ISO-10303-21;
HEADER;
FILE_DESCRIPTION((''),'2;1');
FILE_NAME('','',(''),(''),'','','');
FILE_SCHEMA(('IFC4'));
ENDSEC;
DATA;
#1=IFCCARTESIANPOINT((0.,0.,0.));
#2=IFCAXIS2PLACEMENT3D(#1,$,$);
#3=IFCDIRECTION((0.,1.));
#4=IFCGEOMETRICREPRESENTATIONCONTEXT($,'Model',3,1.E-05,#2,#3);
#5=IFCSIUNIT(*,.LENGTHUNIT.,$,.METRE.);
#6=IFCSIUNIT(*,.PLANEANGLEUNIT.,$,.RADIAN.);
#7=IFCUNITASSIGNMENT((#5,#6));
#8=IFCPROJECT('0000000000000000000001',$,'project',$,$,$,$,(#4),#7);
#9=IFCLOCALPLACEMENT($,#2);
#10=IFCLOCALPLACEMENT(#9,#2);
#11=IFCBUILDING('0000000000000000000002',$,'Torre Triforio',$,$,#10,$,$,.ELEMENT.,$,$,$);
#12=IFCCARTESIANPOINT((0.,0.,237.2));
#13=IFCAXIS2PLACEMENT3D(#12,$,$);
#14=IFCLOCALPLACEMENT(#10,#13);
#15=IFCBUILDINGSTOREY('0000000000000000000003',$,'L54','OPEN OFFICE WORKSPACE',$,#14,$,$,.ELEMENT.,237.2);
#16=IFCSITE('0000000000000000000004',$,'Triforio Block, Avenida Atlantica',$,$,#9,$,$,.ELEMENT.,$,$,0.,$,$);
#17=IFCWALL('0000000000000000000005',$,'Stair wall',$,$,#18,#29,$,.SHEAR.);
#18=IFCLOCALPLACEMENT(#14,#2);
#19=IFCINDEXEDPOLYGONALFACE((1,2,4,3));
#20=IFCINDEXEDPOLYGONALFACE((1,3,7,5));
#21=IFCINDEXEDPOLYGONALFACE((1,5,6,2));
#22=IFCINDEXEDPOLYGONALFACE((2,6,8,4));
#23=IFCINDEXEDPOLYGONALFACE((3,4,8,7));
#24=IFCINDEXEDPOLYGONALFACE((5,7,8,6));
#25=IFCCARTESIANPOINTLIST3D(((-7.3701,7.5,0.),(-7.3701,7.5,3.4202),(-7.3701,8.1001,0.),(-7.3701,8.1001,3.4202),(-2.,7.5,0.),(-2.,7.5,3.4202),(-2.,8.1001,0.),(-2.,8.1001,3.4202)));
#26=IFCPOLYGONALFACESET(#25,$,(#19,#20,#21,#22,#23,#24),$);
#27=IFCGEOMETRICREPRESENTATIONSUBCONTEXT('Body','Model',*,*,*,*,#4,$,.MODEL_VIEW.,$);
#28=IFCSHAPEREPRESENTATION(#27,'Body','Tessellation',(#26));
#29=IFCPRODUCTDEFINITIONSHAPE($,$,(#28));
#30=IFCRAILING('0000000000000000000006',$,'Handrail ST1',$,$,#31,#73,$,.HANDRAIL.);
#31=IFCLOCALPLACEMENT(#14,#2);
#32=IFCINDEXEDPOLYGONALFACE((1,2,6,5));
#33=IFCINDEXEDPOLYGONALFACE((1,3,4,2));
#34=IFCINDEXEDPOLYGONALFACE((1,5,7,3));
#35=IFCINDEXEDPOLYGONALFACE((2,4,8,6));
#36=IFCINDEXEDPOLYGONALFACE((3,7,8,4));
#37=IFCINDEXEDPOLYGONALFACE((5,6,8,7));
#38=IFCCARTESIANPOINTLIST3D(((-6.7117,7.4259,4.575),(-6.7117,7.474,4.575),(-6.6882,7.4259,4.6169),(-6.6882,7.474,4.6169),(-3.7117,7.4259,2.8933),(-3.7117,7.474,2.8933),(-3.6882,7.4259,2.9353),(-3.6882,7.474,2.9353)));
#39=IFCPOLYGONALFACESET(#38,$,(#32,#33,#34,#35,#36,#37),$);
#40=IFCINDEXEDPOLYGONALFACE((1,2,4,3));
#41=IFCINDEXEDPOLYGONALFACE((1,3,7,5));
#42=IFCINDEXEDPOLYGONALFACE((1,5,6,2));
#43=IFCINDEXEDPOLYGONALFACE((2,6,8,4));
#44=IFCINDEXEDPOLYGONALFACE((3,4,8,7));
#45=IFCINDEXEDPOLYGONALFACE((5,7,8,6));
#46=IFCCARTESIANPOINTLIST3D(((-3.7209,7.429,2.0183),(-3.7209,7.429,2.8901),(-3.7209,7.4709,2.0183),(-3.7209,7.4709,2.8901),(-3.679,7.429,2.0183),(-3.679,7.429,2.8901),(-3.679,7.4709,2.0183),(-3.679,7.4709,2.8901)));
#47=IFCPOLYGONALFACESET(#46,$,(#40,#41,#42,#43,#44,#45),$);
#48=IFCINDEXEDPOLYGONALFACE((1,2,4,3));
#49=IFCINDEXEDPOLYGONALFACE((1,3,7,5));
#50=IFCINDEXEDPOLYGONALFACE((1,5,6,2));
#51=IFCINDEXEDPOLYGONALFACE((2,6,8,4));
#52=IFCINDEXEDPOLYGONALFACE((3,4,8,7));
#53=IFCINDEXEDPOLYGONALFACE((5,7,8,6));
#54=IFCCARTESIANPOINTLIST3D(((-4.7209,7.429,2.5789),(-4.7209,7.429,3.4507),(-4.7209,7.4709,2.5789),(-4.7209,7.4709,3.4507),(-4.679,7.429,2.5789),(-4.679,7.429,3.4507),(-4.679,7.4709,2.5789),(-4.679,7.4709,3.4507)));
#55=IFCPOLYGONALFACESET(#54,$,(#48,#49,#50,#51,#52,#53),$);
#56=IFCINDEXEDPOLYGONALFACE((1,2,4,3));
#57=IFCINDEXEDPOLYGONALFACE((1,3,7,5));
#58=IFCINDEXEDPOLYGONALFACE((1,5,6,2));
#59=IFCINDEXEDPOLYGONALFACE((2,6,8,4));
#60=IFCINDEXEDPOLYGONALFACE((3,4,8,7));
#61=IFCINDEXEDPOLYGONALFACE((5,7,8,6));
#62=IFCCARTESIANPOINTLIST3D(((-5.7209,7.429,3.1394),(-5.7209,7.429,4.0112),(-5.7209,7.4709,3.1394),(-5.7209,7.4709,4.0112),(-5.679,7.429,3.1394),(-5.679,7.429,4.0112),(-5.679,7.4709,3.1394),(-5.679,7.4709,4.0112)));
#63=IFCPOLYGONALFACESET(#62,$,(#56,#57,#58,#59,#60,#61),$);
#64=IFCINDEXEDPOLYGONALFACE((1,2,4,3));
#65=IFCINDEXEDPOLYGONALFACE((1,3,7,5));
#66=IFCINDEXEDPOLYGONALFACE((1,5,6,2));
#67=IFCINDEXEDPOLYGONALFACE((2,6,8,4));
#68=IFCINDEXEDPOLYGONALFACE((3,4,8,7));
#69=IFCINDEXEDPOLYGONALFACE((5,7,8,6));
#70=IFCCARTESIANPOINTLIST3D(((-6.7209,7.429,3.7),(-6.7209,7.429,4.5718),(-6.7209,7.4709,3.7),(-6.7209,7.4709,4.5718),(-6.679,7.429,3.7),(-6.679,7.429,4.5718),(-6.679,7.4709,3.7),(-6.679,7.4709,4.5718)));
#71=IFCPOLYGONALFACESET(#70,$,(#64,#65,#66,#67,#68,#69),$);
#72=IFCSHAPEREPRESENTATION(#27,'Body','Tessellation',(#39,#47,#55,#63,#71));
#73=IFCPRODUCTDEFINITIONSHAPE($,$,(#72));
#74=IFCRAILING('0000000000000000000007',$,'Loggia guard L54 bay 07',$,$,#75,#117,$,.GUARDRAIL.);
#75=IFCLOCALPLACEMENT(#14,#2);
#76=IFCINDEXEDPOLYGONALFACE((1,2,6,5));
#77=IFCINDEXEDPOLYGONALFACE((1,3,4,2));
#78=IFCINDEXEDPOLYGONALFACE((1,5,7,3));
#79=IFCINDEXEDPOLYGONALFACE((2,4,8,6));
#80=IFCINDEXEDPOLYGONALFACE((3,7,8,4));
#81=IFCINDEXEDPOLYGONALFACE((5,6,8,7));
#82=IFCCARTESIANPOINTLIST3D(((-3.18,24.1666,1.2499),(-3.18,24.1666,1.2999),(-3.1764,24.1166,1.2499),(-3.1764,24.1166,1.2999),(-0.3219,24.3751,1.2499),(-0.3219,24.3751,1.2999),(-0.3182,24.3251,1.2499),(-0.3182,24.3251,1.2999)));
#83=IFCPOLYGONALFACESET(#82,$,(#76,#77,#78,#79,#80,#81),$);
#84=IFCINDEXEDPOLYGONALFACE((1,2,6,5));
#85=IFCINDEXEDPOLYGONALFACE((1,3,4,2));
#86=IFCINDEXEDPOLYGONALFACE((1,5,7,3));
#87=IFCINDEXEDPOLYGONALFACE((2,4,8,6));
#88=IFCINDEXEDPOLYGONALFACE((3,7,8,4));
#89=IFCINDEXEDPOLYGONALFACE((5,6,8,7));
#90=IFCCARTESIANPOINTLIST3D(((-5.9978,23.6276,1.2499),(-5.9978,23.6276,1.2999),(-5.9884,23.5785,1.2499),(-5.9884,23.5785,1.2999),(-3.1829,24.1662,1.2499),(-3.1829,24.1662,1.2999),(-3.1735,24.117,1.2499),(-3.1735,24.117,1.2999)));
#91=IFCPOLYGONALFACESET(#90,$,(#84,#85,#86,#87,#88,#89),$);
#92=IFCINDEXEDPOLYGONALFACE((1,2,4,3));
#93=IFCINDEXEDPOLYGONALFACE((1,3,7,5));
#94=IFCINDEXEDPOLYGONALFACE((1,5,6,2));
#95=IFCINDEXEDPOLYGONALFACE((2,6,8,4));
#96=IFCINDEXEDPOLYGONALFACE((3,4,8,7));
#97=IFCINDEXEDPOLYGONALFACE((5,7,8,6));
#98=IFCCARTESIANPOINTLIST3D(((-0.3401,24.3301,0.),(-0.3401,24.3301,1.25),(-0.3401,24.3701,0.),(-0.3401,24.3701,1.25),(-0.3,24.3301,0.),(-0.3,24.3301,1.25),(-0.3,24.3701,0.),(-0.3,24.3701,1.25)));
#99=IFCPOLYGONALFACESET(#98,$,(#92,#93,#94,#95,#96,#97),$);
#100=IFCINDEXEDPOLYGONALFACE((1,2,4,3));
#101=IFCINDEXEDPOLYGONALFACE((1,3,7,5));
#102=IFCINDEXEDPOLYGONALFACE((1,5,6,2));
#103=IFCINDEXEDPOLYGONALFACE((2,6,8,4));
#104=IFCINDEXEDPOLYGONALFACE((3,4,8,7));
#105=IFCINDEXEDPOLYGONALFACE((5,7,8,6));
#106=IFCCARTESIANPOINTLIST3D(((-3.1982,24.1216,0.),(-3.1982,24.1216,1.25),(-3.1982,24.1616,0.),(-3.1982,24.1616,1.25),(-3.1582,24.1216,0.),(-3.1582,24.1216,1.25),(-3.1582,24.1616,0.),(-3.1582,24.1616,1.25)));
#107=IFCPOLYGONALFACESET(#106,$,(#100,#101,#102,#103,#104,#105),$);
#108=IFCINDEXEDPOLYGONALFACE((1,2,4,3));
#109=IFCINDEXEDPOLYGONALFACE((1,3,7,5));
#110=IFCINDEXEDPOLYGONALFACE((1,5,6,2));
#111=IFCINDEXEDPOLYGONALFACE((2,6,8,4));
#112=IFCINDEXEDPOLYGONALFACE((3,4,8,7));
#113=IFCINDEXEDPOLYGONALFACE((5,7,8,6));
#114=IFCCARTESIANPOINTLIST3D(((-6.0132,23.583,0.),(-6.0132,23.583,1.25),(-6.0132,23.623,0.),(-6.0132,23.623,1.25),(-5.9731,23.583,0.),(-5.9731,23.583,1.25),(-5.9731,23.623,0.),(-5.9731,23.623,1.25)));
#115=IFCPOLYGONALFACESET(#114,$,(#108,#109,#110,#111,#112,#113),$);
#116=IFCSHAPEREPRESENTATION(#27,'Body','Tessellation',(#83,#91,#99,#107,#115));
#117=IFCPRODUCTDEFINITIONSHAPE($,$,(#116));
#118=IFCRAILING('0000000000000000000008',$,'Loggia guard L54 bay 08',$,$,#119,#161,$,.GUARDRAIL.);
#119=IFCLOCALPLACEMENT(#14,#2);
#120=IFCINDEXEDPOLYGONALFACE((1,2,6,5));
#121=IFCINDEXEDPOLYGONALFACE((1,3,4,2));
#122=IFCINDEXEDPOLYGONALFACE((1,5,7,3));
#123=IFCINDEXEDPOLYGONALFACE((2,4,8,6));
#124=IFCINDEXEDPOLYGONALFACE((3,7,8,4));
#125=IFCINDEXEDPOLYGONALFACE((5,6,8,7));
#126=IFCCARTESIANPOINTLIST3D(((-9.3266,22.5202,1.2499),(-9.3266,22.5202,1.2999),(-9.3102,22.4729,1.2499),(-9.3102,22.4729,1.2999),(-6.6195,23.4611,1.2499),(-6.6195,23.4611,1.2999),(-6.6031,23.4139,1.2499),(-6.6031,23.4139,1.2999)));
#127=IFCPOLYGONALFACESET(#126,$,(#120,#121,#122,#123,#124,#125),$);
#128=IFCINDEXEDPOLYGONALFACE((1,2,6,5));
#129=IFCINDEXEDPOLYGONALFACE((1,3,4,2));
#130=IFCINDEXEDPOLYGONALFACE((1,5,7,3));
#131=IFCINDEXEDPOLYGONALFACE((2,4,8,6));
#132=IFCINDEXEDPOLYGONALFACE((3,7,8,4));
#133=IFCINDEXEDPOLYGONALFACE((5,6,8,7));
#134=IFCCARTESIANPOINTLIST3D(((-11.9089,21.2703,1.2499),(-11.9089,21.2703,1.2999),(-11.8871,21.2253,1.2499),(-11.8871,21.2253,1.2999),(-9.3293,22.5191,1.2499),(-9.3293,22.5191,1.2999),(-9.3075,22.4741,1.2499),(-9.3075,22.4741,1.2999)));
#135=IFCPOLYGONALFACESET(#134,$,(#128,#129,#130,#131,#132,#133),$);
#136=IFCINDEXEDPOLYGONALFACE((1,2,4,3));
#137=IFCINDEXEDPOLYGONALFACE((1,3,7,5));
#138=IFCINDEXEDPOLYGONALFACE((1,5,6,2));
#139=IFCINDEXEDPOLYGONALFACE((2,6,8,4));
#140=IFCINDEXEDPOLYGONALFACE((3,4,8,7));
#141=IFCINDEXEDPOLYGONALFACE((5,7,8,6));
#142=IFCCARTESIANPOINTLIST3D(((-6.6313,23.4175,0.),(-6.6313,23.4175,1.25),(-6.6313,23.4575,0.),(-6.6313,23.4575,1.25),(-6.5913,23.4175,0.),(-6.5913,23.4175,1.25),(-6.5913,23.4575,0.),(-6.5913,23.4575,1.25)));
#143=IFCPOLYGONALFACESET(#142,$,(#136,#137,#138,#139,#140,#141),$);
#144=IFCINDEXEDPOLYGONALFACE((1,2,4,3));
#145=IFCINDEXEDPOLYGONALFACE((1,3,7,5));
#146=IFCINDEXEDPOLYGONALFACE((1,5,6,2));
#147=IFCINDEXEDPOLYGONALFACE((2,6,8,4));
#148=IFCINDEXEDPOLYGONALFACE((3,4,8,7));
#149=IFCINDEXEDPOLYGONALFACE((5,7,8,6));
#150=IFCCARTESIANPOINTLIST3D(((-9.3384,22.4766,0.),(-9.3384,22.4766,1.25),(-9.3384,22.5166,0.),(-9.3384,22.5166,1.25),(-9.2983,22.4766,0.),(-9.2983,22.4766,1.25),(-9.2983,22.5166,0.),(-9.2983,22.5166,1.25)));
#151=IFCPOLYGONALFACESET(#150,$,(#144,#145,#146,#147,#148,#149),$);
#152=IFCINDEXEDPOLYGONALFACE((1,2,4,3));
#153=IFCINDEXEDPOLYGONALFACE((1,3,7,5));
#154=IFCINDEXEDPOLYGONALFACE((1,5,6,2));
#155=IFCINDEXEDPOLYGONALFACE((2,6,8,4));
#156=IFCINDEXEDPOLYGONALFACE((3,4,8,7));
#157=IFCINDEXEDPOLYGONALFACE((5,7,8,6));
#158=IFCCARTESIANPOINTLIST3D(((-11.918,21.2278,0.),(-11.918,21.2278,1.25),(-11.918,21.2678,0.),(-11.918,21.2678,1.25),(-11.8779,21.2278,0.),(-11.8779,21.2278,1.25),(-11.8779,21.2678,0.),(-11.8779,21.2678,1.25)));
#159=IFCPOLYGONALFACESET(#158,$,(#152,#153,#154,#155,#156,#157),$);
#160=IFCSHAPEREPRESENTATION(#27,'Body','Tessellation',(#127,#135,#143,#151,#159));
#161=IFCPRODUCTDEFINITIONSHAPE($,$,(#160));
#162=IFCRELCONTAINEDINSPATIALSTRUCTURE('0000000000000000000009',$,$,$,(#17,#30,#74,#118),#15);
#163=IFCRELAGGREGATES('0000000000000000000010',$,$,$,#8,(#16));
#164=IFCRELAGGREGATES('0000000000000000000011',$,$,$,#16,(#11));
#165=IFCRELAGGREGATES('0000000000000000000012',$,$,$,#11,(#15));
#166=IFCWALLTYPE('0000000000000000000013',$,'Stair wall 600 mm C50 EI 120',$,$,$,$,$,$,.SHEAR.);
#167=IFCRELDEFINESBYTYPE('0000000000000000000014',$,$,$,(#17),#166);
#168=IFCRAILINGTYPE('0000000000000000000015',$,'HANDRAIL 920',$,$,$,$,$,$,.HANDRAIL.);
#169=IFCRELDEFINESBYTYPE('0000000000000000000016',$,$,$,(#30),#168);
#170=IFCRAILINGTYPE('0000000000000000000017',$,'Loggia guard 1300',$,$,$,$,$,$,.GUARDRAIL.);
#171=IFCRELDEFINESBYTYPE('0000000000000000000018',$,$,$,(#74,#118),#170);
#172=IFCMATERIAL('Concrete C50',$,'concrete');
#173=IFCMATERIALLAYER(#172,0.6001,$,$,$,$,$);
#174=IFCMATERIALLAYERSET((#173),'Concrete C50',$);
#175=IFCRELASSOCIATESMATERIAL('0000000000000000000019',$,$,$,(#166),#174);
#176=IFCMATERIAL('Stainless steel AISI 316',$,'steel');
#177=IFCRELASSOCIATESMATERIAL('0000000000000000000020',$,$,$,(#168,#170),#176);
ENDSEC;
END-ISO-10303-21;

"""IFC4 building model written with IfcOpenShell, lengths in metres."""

from ifc_helpers import new_model, si_unit, direction, frame, frame_2d, origin, origin_2d, place, context, subcontext, project, spatial, rectangle, extrude, material, layer, layer_set, type_object, element, save


model = new_model("IFC4")

# Units and contexts
model_context = context("Model", 3, precision=1e-05, world=origin(), true_north=direction((0.0, 1.0)))
body_context = subcontext(model_context, "Body", "Model", "MODEL_VIEW")
ifc_project = project(units=[si_unit("LENGTHUNIT", "METRE"), si_unit("PLANEANGLEUNIT", "RADIAN")], contexts=[model_context])

# Site, building, storey
site_placement = place(None, origin())
site = spatial("IfcSite", under=ifc_project, at=site_placement, Name="Triforio Block, Avenida Atlantica", CompositionType="ELEMENT", RefElevation=0.0)
building_placement = place(site_placement, origin())
building = spatial("IfcBuilding", under=site, at=building_placement, Name="Torre Triforio", CompositionType="ELEMENT")
storey_placement = place(building_placement, frame((0.0, 0.0, 237.2)))
storey = spatial("IfcBuildingStorey", under=building, at=storey_placement, Name="L54", Description="OPEN OFFICE WORKSPACE", CompositionType="ELEMENT", Elevation=237.2)

# Shared definitions
ifc_material_1 = material(Name="Concrete C50", Category="concrete")

# Wall
ifc_layer_1 = layer(ifc_material_1, 0.6001)
ifc_layer_set_1 = layer_set([ifc_layer_1], Name="Concrete C50")
wall_type_1 = type_object("IfcWallType", Name="Stair wall 600 mm C50 EI 120", PredefinedType="SHEAR", material=ifc_layer_set_1)
wall_1_placement = place(storey_placement, frame((-7.3701, 7.8, 0.0), z_axis=(0.0, 0.0, 1.0), x_axis=(1.0, 0.0, 0.0)))
element("IfcWall", 1, at=wall_1_placement, inside=storey, type_object=wall_type_1, Name="Stair wall", PredefinedType="SHEAR", context=body_context, shape_type="SweptSolid", body=[
    extrude(rectangle(XDim=5.3701, YDim=0.6001, at=frame_2d((2.6851, 0.0))), origin(), (0.0, 0.0, 1.0), 3.4202),
])

# Railings
ifc_material_2 = material(Name="Stainless steel AISI 316", Category="steel")
railing_type_1 = type_object("IfcRailingType", Name="HANDRAIL 920", PredefinedType="HANDRAIL", material=ifc_material_2)
railing_1_placement = place(storey_placement, frame((-3.7, 7.45, 2.0183)))
element("IfcRailing", 2, at=railing_1_placement, inside=storey, type_object=railing_type_1, Name="Handrail ST1", PredefinedType="HANDRAIL", context=body_context, shape_type="SweptSolid", body=[
    extrude(rectangle(XDim=0.0481, YDim=0.0481, at=origin_2d()), frame((0.0, 0.0, 0.896), z_axis=(-0.872303, 0.0, 0.488966), x_axis=(0.0, -1.0, 0.0)), (0.0, 0.0, 1.0), 3.4392),
    extrude(rectangle(XDim=0.042, YDim=0.042, at=origin_2d()), origin(), (0.0, 0.0, 1.0), 0.8718),
    extrude(rectangle(XDim=0.042, YDim=0.042, at=origin_2d()), frame((-1.0, 0.0, 0.5605)), (0.0, 0.0, 1.0), 0.8718),
    extrude(rectangle(XDim=0.042, YDim=0.042, at=origin_2d()), frame((-2.0, 0.0, 1.1211)), (0.0, 0.0, 1.0), 0.8718),
    extrude(rectangle(XDim=0.042, YDim=0.042, at=origin_2d()), frame((-3.0, 0.0, 1.6816)), (0.0, 0.0, 1.0), 0.8718),
])
railing_type_2 = type_object("IfcRailingType", Name="Loggia guard 1300", PredefinedType="GUARDRAIL", material=ifc_material_2)
railing_2_placement = place(storey_placement, frame((-0.3201, 24.3501, 0.0)))
element("IfcRailing", 3, at=railing_2_placement, inside=storey, type_object=railing_type_2, Name="Loggia guard L54 bay 07", PredefinedType="GUARDRAIL", context=body_context, shape_type="SweptSolid", body=[
    extrude(rectangle(XDim=0.05, YDim=0.05, at=origin_2d()), frame((0.0, 0.0, 1.2749), z_axis=(-0.99735, -0.072754, 0.0), x_axis=(0.072754, -0.99735, 0.0)), (0.0, 0.0, 1.0), 2.8657),
    extrude(rectangle(XDim=0.05, YDim=0.05, at=origin_2d()), frame((-2.8582, -0.2085, 1.2749), z_axis=(-0.982185, -0.187918, 0.0), x_axis=(0.187918, -0.982185, 0.0)), (0.0, 0.0, 1.0), 2.866),
    extrude(rectangle(XDim=0.04, YDim=0.04, at=origin_2d()), origin(), (0.0, 0.0, 1.0), 1.25),
    extrude(rectangle(XDim=0.04, YDim=0.04, at=origin_2d()), frame((-2.8582, -0.2085, 0.0)), (0.0, 0.0, 1.0), 1.25),
    extrude(rectangle(XDim=0.04, YDim=0.04, at=origin_2d()), frame((-5.6731, -0.7471, 0.0)), (0.0, 0.0, 1.0), 1.25),
])
railing_3_placement = place(storey_placement, frame((-6.6113, 23.4375, 0.0)))
element("IfcRailing", 4, at=railing_3_placement, inside=storey, type_object=railing_type_2, Name="Loggia guard L54 bay 08", PredefinedType="GUARDRAIL", context=body_context, shape_type="SweptSolid", body=[
    extrude(rectangle(XDim=0.05, YDim=0.05, at=origin_2d()), frame((0.0, 0.0, 1.2749), z_axis=(-0.944568, -0.328316, 0.0), x_axis=(0.328316, -0.944568, 0.0)), (0.0, 0.0, 1.0), 2.866),
    extrude(rectangle(XDim=0.05, YDim=0.05, at=origin_2d()), frame((-2.707, -0.9409, 1.2749), z_axis=(-0.900078, -0.435728, 0.0), x_axis=(0.435728, -0.900078, 0.0)), (0.0, 0.0, 1.0), 2.866),
    extrude(rectangle(XDim=0.04, YDim=0.04, at=origin_2d()), origin(), (0.0, 0.0, 1.0), 1.25),
    extrude(rectangle(XDim=0.04, YDim=0.04, at=origin_2d()), frame((-2.707, -0.9409, 0.0)), (0.0, 0.0, 1.0), 1.25),
    extrude(rectangle(XDim=0.04, YDim=0.04, at=origin_2d()), frame((-5.2866, -2.1897, 0.0)), (0.0, 0.0, 1.0), 1.25),
])

save(model, "model.ifc")
